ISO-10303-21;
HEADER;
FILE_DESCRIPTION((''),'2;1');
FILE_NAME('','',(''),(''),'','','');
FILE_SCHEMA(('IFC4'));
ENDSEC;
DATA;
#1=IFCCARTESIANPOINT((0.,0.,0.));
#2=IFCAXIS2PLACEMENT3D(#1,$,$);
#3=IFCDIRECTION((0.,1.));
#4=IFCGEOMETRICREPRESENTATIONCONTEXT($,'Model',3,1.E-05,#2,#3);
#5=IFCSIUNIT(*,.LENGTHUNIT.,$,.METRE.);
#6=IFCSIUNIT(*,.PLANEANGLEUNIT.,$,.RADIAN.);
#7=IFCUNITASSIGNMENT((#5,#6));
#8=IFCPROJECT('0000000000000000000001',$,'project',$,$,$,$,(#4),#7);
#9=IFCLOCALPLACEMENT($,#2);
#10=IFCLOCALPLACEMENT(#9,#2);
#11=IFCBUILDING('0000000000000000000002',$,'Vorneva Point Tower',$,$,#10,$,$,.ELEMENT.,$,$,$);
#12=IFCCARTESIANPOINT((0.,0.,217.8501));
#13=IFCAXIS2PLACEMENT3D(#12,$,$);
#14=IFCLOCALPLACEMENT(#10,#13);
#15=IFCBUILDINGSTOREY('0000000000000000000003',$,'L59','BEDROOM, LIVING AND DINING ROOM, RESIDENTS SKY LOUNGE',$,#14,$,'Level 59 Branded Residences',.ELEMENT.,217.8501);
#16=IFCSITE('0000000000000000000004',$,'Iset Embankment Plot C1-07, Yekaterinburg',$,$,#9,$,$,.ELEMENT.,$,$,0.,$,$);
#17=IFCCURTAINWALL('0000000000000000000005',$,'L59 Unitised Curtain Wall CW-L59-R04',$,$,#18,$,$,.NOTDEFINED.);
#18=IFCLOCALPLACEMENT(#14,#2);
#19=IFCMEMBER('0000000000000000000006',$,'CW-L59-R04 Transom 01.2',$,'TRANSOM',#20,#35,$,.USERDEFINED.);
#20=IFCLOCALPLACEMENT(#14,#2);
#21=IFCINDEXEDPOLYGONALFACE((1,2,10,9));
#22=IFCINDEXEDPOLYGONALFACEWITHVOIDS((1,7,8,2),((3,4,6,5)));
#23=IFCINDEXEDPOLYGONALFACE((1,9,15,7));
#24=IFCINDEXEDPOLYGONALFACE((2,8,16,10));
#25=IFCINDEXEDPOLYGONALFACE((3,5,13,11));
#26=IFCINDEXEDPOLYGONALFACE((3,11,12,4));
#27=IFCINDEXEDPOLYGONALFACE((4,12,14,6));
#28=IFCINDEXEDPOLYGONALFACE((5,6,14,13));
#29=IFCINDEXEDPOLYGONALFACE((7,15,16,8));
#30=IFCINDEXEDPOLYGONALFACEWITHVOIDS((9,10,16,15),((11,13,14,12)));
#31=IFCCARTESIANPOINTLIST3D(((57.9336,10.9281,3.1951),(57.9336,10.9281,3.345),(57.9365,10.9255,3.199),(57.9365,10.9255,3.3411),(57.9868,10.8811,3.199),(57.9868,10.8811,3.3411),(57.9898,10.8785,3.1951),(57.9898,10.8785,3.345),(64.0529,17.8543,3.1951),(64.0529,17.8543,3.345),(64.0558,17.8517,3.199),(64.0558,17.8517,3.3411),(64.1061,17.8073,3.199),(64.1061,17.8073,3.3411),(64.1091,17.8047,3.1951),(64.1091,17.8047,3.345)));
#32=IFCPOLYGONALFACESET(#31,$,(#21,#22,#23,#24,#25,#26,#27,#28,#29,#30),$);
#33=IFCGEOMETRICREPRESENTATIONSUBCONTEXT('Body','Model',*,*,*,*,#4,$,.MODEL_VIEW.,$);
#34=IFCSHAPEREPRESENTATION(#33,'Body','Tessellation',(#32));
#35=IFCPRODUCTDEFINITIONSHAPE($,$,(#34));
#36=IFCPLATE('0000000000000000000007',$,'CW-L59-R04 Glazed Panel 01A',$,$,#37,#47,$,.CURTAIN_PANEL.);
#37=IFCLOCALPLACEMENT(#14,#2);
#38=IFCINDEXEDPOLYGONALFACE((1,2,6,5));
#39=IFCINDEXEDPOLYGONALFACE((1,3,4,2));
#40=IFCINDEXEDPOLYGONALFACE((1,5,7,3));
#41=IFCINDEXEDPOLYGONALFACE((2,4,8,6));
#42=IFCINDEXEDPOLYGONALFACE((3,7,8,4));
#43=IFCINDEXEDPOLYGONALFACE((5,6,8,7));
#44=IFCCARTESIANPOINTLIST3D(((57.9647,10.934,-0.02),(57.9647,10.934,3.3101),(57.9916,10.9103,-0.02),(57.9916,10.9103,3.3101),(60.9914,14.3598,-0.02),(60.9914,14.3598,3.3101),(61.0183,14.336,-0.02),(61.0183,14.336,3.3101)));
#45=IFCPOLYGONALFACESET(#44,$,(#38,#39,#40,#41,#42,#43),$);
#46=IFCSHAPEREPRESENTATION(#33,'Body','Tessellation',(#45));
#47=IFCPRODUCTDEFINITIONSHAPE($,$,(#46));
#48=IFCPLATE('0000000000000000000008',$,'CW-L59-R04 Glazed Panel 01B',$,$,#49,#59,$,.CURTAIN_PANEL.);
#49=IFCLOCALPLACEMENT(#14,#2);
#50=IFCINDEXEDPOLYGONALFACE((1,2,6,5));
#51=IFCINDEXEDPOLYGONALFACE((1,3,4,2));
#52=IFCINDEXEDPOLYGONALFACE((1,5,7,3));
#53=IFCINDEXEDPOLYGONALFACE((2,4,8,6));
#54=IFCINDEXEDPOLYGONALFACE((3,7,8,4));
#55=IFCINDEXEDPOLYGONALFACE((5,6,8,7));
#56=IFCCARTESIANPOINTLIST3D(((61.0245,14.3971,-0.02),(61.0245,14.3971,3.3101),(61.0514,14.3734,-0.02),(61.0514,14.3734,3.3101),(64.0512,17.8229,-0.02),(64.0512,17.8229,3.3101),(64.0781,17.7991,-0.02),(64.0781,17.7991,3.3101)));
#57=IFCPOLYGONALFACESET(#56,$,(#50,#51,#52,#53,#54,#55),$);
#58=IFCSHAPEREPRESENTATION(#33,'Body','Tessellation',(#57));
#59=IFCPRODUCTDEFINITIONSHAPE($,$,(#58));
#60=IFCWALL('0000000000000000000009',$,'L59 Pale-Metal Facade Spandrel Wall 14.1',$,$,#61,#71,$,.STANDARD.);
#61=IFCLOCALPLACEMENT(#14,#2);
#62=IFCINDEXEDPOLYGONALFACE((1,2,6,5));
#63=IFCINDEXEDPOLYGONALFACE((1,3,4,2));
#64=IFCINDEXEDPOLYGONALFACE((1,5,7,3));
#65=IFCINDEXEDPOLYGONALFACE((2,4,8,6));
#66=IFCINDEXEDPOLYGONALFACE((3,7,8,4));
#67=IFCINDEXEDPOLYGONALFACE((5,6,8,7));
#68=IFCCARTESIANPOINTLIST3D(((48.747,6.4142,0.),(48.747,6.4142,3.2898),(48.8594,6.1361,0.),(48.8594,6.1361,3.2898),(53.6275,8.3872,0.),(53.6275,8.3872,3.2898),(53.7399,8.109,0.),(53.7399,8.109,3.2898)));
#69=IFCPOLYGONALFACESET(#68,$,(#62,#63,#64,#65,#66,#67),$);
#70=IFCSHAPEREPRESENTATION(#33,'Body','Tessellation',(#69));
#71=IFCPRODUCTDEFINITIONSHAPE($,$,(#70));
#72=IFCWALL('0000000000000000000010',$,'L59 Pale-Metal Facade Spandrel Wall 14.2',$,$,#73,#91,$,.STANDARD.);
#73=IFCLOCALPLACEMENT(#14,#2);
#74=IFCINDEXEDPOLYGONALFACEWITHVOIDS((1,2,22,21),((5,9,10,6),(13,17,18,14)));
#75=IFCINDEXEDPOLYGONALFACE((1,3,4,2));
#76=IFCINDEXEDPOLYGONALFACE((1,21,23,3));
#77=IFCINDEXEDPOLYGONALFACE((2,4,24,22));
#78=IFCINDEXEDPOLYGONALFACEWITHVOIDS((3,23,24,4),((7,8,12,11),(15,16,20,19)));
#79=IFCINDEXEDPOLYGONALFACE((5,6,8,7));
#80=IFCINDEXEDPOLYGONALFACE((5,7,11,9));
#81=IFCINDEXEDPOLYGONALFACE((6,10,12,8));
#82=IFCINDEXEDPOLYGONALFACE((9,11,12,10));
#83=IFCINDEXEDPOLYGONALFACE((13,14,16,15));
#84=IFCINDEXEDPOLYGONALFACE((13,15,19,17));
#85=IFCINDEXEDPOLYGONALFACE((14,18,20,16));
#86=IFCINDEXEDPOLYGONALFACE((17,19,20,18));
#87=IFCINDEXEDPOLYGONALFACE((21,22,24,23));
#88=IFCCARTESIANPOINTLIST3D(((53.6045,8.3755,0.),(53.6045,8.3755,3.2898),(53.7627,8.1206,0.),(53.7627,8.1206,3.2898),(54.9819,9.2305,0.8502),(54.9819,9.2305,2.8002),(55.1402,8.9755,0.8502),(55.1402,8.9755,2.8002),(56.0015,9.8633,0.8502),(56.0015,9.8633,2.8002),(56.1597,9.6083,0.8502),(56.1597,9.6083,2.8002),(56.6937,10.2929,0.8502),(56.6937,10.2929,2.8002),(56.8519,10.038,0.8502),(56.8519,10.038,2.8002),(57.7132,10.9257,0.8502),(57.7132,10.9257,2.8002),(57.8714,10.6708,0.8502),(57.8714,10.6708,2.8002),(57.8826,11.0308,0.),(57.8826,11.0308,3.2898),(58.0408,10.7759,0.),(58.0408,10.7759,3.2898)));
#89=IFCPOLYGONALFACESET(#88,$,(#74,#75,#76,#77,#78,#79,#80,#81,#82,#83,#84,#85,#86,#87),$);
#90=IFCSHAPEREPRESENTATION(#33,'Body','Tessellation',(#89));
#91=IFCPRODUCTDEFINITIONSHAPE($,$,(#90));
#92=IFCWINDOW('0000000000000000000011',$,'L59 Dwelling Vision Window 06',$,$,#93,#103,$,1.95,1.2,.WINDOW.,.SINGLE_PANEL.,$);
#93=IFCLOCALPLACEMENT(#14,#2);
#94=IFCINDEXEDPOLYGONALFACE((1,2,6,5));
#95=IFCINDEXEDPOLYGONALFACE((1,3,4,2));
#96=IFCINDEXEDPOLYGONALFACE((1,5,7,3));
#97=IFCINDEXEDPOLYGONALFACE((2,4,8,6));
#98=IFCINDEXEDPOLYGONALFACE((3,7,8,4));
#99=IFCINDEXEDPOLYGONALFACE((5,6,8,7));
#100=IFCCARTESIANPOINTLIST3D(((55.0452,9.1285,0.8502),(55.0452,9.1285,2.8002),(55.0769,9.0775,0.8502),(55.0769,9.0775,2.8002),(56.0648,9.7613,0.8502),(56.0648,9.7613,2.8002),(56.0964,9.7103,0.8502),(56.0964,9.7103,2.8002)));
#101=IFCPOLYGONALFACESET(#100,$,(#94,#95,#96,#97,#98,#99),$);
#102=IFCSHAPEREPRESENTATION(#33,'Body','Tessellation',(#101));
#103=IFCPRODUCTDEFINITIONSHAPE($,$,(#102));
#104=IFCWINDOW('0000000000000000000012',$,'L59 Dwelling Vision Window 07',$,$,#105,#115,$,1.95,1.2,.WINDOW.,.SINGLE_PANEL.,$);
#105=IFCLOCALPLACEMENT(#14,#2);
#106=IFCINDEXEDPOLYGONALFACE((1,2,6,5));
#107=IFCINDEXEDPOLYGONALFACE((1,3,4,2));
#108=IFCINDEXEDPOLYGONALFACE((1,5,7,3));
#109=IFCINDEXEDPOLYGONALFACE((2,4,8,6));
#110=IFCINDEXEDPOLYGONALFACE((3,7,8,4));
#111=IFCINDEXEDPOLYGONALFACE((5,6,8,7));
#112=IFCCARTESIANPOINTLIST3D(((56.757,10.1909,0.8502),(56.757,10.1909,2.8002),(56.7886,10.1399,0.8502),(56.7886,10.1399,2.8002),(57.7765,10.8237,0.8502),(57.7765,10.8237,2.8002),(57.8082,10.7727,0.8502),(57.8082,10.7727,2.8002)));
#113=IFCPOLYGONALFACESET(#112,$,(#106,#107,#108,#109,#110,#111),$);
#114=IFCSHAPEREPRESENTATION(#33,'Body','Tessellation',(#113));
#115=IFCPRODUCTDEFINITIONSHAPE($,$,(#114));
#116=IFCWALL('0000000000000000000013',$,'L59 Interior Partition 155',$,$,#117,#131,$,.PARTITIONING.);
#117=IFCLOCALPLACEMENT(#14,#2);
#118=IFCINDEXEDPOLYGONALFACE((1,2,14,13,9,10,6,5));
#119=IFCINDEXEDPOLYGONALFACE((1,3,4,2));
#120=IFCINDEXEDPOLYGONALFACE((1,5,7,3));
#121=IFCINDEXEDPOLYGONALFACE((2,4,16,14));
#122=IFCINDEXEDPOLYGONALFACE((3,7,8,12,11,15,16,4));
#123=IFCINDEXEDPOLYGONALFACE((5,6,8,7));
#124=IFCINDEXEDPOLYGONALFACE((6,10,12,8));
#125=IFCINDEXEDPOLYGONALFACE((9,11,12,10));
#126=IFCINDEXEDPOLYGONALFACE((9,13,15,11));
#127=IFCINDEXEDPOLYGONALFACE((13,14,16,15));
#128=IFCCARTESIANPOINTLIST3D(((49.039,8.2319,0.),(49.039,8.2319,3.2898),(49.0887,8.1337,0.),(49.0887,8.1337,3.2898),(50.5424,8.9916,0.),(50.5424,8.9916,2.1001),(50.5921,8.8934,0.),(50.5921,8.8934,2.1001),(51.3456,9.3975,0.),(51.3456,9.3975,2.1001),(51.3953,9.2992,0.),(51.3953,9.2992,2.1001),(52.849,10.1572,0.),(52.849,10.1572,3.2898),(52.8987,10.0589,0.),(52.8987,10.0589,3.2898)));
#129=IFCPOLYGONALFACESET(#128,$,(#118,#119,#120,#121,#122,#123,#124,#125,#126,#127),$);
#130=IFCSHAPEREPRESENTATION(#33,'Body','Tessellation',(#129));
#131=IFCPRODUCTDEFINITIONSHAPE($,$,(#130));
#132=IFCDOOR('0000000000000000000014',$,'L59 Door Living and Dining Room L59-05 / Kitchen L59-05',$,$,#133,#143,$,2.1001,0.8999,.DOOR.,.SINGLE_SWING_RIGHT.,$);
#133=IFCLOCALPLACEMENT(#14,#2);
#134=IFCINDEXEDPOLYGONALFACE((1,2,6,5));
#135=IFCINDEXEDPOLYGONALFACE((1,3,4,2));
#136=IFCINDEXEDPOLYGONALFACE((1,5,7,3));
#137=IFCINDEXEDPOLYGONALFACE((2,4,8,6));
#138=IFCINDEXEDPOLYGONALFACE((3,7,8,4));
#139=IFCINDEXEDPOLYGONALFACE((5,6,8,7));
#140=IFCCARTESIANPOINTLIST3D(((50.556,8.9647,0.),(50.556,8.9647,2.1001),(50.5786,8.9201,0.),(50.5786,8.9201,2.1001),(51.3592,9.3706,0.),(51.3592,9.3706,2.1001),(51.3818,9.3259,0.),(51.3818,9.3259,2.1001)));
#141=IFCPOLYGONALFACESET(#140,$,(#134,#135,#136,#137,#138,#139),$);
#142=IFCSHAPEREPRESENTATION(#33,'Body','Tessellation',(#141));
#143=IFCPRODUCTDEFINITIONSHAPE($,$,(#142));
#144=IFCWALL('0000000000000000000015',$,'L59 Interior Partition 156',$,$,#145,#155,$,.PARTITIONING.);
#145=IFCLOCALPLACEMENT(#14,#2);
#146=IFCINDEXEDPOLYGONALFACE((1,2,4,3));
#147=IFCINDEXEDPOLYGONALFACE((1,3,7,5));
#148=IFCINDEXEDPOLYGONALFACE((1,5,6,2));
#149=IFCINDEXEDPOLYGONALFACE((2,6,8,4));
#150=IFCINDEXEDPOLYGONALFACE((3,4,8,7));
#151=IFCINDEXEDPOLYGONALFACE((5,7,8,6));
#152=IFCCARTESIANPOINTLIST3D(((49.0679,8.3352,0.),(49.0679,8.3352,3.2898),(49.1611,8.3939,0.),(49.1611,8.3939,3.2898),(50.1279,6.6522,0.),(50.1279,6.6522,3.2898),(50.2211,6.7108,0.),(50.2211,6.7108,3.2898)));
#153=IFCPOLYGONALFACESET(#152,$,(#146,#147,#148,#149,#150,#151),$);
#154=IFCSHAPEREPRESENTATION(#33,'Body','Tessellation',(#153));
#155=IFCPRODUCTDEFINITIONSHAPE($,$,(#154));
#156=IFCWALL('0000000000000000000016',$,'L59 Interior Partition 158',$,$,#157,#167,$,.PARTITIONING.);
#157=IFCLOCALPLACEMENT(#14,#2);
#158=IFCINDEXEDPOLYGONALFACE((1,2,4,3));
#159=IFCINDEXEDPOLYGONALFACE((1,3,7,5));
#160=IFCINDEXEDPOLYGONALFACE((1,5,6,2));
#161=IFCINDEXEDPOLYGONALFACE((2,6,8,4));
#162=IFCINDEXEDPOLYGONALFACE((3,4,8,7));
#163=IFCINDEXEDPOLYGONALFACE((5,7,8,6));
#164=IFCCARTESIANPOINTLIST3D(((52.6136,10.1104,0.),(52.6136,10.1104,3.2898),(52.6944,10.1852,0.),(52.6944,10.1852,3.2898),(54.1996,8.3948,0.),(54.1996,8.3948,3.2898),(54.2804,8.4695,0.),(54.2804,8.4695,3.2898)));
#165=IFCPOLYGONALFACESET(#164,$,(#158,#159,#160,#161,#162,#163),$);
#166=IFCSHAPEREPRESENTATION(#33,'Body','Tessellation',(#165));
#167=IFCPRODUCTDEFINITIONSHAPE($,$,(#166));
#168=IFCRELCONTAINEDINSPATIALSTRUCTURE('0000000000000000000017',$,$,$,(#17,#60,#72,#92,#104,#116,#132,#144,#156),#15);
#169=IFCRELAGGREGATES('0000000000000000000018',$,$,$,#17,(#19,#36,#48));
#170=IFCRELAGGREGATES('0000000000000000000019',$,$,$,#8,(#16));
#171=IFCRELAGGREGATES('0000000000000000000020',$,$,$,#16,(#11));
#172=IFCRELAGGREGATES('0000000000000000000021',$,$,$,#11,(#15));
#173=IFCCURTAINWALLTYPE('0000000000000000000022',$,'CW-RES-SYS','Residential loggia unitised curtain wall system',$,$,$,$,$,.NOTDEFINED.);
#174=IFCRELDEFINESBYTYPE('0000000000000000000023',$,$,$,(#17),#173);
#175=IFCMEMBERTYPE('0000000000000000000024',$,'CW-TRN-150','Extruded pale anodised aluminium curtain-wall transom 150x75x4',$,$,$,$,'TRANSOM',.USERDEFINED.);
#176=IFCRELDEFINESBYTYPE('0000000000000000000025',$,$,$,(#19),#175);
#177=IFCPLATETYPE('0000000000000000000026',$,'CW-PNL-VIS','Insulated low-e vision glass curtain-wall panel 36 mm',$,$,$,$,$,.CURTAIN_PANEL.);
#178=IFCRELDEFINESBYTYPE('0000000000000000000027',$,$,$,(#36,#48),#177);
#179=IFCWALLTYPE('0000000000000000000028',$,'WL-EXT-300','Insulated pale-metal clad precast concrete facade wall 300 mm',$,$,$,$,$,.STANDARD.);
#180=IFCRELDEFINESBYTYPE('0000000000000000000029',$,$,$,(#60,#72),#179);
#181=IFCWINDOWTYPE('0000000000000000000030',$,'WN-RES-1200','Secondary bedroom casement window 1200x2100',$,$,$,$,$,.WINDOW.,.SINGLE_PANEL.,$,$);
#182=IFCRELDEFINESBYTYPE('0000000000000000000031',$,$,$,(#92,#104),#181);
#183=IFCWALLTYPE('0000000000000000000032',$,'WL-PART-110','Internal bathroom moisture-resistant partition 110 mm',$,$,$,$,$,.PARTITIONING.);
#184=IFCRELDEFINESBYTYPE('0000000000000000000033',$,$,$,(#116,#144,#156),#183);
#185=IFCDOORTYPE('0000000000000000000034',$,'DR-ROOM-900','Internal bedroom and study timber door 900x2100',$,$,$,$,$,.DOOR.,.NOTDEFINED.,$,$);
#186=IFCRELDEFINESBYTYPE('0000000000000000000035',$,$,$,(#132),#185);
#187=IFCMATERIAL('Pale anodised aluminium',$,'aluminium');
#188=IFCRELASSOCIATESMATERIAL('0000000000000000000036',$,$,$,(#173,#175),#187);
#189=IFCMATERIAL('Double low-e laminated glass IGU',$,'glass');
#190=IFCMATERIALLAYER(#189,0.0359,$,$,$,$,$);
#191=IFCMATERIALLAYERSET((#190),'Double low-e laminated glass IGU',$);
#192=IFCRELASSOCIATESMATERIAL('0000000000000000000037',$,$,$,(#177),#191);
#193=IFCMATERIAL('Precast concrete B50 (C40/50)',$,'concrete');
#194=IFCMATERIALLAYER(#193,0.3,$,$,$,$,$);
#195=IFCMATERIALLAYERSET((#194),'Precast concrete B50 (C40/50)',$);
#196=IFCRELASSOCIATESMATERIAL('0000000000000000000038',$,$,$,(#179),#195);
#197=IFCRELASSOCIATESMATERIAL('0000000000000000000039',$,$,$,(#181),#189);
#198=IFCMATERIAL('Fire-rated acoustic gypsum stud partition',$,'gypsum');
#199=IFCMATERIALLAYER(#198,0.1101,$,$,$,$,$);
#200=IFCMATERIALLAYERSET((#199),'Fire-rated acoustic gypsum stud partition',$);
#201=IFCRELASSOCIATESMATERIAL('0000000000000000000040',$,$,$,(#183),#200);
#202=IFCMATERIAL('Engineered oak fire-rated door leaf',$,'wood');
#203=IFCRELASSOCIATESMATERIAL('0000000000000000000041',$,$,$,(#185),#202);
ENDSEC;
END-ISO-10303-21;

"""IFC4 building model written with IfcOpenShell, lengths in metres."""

from ifc_helpers import new_model, si_unit, direction, frame, frame_2d, origin, origin_2d, place, context, subcontext, project, spatial, rectangle, hollow_rectangle, extrude, material, layer, layer_set, material_profile, profile_set, type_object, element, fill, aggregate, save


model = new_model("IFC4")

# Units and contexts
model_context = context("Model", 3, precision=1e-05, world=origin(), true_north=direction((0.0, 1.0)))
body_context = subcontext(model_context, "Body", "Model", "MODEL_VIEW")
ifc_project = project(units=[si_unit("LENGTHUNIT", "METRE"), si_unit("PLANEANGLEUNIT", "RADIAN")], contexts=[model_context])

# Site, building, storey
site_placement = place(None, origin())
site = spatial("IfcSite", under=ifc_project, at=site_placement, Name="Iset Embankment Plot C1-07, Yekaterinburg", CompositionType="ELEMENT", RefElevation=0.0)
building_placement = place(site_placement, origin())
building = spatial("IfcBuilding", under=site, at=building_placement, Name="Vorneva Point Tower", CompositionType="ELEMENT")
storey_placement = place(building_placement, frame((0.0, 0.0, 217.8501)))
storey = spatial("IfcBuildingStorey", under=building, at=storey_placement, Name="L59", Description="BEDROOM, LIVING AND DINING ROOM, RESIDENTS SKY LOUNGE", LongName="Level 59 Branded Residences", CompositionType="ELEMENT", Elevation=217.8501)

# Shared definitions
ifc_material_1 = material(Name="Pale anodised aluminium", Category="aluminium")
curtain_wall_type = type_object("IfcCurtainWallType", Name="CW-RES-SYS", Description="Residential loggia unitised curtain wall system", PredefinedType="NOTDEFINED", material=ifc_material_1)

# Curtain wall, member, plates
curtain_wall_1_placement = place(storey_placement, origin())
curtain_wall_1 = element("IfcCurtainWall", 1, at=curtain_wall_1_placement, inside=storey, type_object=curtain_wall_type, Name="L59 Unitised Curtain Wall CW-L59-R04", PredefinedType="NOTDEFINED")
ifc_material_profile_1 = material_profile(ifc_material_1, hollow_rectangle(XDim=0.075, YDim=0.1499, WallThickness=0.0039, at=origin_2d()), Name="AL-TRN 150x75x4")
ifc_profile_set_1 = profile_set([ifc_material_profile_1], Name="Pale anodised aluminium")
member_type_1 = type_object("IfcMemberType", Name="CW-TRN-150", Description="Extruded pale anodised aluminium curtain-wall transom 150x75x4", ElementType="TRANSOM", PredefinedType="USERDEFINED", material=ifc_profile_set_1)
member_1_placement = place(storey_placement, frame((57.9617, 10.9033, 3.27), z_axis=(0.662106, 0.74941, 0.0), x_axis=(-0.74941, 0.662106, 0.0)))
member_1 = element("IfcMember", 2, at=member_1_placement, type_object=member_type_1, Name="CW-L59-R04 Transom 01.2", ObjectType="TRANSOM", PredefinedType="USERDEFINED", context=body_context, shape_type="SweptSolid", body=[
    extrude(hollow_rectangle(XDim=0.075, YDim=0.1499, WallThickness=0.0039, at=origin_2d()), origin(), (0.0, 0.0, 1.0), 9.2422),
])
ifc_material_2 = material(Name="Double low-e laminated glass IGU", Category="glass")
ifc_layer_1 = layer(ifc_material_2, 0.0359)
ifc_layer_set_1 = layer_set([ifc_layer_1], Name="Double low-e laminated glass IGU")
plate_type = type_object("IfcPlateType", Name="CW-PNL-VIS", Description="Insulated low-e vision glass curtain-wall panel 36 mm", PredefinedType="CURTAIN_PANEL", material=ifc_layer_set_1)
plate_1_placement = place(storey_placement, frame((59.4915, 12.635, -0.02), z_axis=(0.0, 0.0, 1.0), x_axis=(0.66211, 0.749407, 0.0)))
plate_1 = element("IfcPlate", 3, at=plate_1_placement, type_object=plate_type, Name="CW-L59-R04 Glazed Panel 01A", PredefinedType="CURTAIN_PANEL", context=body_context, shape_type="SweptSolid", body=[
    extrude(rectangle(XDim=4.5713, YDim=0.0359, at=origin_2d()), origin(), (0.0, 0.0, 1.0), 3.3301),
])
plate_2_placement = place(storey_placement, frame((62.5513, 16.0981, -0.02), z_axis=(0.0, 0.0, 1.0), x_axis=(0.66211, 0.749407, 0.0)))
plate_2 = element("IfcPlate", 4, at=plate_2_placement, type_object=plate_type, Name="CW-L59-R04 Glazed Panel 01B", PredefinedType="CURTAIN_PANEL", context=body_context, shape_type="SweptSolid", body=[
    extrude(rectangle(XDim=4.5713, YDim=0.0359, at=origin_2d()), origin(), (0.0, 0.0, 1.0), 3.3301),
])
aggregate(curtain_wall_1, [member_1, plate_1, plate_2])

# Wall
ifc_material_3 = material(Name="Precast concrete B50 (C40/50)", Category="concrete")
ifc_layer_2 = layer(ifc_material_3, 0.3)
ifc_layer_set_2 = layer_set([ifc_layer_2], Name="Precast concrete B50 (C40/50)")
wall_type_1 = type_object("IfcWallType", Name="WL-EXT-300", Description="Insulated pale-metal clad precast concrete facade wall 300 mm", PredefinedType="STANDARD", material=ifc_layer_set_2)
wall_1_placement = place(storey_placement, frame((48.8032, 6.2751, 0.0), z_axis=(0.0, 0.0, 1.0), x_axis=(0.927111, 0.374787, 0.0)))
element("IfcWall", 5, at=wall_1_placement, inside=storey, type_object=wall_type_1, Name="L59 Pale-Metal Facade Spandrel Wall 14.1", PredefinedType="STANDARD", context=body_context, shape_type="SweptSolid", body=[
    extrude(rectangle(XDim=5.2642, YDim=0.3, at=frame_2d((2.6321, 0.0))), origin(), (0.0, 0.0, 1.0), 3.2898),
])

# Wall, openings, windows
wall_2_placement = place(storey_placement, frame((53.6836, 8.248, 0.0), z_axis=(0.0, 0.0, 1.0), x_axis=(0.849648, 0.527351, 0.0)))
wall_2 = element("IfcWall", 6, at=wall_2_placement, inside=storey, type_object=wall_type_1, Name="L59 Pale-Metal Facade Spandrel Wall 14.2", PredefinedType="STANDARD", context=body_context, shape_type="SweptSolid", body=[
    extrude(rectangle(XDim=5.0352, YDim=0.3, at=frame_2d((2.5176, 0.0))), origin(), (0.0, 0.0, 1.0), 3.2898),
])
opening_1_placement = place(wall_2_placement, frame((1.6211, 0.0, 0.8501)))
opening_1 = element("IfcOpeningElement", 7, at=opening_1_placement, cuts=wall_2, PredefinedType="OPENING", context=body_context, shape_type="SweptSolid", body=[
    extrude(rectangle(XDim=1.2, YDim=1.95, at=frame_2d((0.6001, 0.9751))), frame((0.0, 0.165, 0.0), z_axis=(0.0, -1.0, 0.0), x_axis=(1.0, 0.0, 0.0)), (0.0, 0.0, 1.0), 0.3298),
])
opening_2_placement = place(wall_2_placement, frame((3.6357, 0.0, 0.8501)))
opening_2 = element("IfcOpeningElement", 8, at=opening_2_placement, cuts=wall_2, PredefinedType="OPENING", context=body_context, shape_type="SweptSolid", body=[
    extrude(rectangle(XDim=1.2, YDim=1.95, at=frame_2d((0.6001, 0.9751))), frame((0.0, 0.165, 0.0), z_axis=(0.0, -1.0, 0.0), x_axis=(1.0, 0.0, 0.0)), (0.0, 0.0, 1.0), 0.3298),
])
window_type = type_object("IfcWindowType", Name="WN-RES-1200", Description="Secondary bedroom casement window 1200x2100", PartitioningType="SINGLE_PANEL", PredefinedType="WINDOW", material=ifc_material_2)
window_1_placement = place(opening_1_placement, origin())
window_1 = element("IfcWindow", 9, at=window_1_placement, inside=storey, type_object=window_type, Name="L59 Dwelling Vision Window 06", OverallHeight=1.95, OverallWidth=1.2, PartitioningType="SINGLE_PANEL", PredefinedType="WINDOW", context=body_context, shape_type="SweptSolid", body=[
    extrude(rectangle(XDim=1.2, YDim=1.95, at=frame_2d((0.6001, 0.9751))), frame((0.0, 0.03, 0.0), z_axis=(0.0, -1.0, 0.0), x_axis=(1.0, 0.0, 0.0)), (0.0, 0.0, 1.0), 0.0601),
])
fill(opening_1, window_1)
window_2_placement = place(opening_2_placement, origin())
window_2 = element("IfcWindow", 10, at=window_2_placement, inside=storey, type_object=window_type, Name="L59 Dwelling Vision Window 07", OverallHeight=1.95, OverallWidth=1.2, PartitioningType="SINGLE_PANEL", PredefinedType="WINDOW", context=body_context, shape_type="SweptSolid", body=[
    extrude(rectangle(XDim=1.2, YDim=1.95, at=frame_2d((0.6001, 0.9751))), frame((0.0, 0.03, 0.0), z_axis=(0.0, -1.0, 0.0), x_axis=(1.0, 0.0, 0.0)), (0.0, 0.0, 1.0), 0.0601),
])
fill(opening_2, window_2)

# Wall, opening, door
ifc_material_4 = material(Name="Fire-rated acoustic gypsum stud partition", Category="gypsum")
ifc_layer_3 = layer(ifc_material_4, 0.1101)
ifc_layer_set_3 = layer_set([ifc_layer_3], Name="Fire-rated acoustic gypsum stud partition")
wall_type_2 = type_object("IfcWallType", Name="WL-PART-110", Description="Internal bathroom moisture-resistant partition 110 mm", PredefinedType="PARTITIONING", material=ifc_layer_set_3)
wall_3_placement = place(storey_placement, frame((49.064, 8.1829, 0.0), z_axis=(0.0, 0.0, 1.0), x_axis=(0.89252, 0.451007, 0.0)))
wall_3 = element("IfcWall", 11, at=wall_3_placement, inside=storey, type_object=wall_type_2, Name="L59 Interior Partition 155", PredefinedType="PARTITIONING", context=body_context, shape_type="SweptSolid", body=[
    extrude(rectangle(XDim=4.2688, YDim=0.1101, at=frame_2d((2.1343, 0.0))), origin(), (0.0, 0.0, 1.0), 3.2898),
])
opening_3_placement = place(wall_3_placement, frame((1.6843, 0.0, 0.0)))
opening_3 = element("IfcOpeningElement", 12, at=opening_3_placement, cuts=wall_3, PredefinedType="OPENING", context=body_context, shape_type="SweptSolid", body=[
    extrude(rectangle(XDim=0.8999, YDim=2.1001, at=frame_2d((0.45, 1.05))), frame((0.0, 0.0698, 0.0), z_axis=(0.0, -1.0, 0.0), x_axis=(1.0, 0.0, 0.0)), (0.0, 0.0, 1.0), 0.1399),
])
ifc_material_5 = material(Name="Engineered oak fire-rated door leaf", Category="wood")
door_type_1 = type_object("IfcDoorType", Name="DR-ROOM-900", Description="Internal bedroom and study timber door 900x2100", OperationType="NOTDEFINED", PredefinedType="DOOR", material=ifc_material_5)
door_1_placement = place(opening_3_placement, origin())
door_1 = element("IfcDoor", 13, at=door_1_placement, inside=storey, type_object=door_type_1, Name="L59 Door Living and Dining Room L59-05 / Kitchen L59-05", OperationType="SINGLE_SWING_RIGHT", OverallHeight=2.1001, OverallWidth=0.8999, PredefinedType="DOOR", context=body_context, shape_type="SweptSolid", body=[
    extrude(rectangle(XDim=0.8999, YDim=2.1001, at=frame_2d((0.45, 1.05))), frame((0.0, 0.0249, 0.0), z_axis=(0.0, -1.0, 0.0), x_axis=(1.0, 0.0, 0.0)), (0.0, 0.0, 1.0), 0.05),
])
fill(opening_3, door_1)

# Walls
wall_4_placement = place(storey_placement, frame((50.1746, 6.6814, 0.0), z_axis=(0.0, 0.0, 1.0), x_axis=(-0.53293, 0.846159, 0.0)))
element("IfcWall", 14, at=wall_4_placement, inside=storey, type_object=wall_type_2, Name="L59 Interior Partition 156", PredefinedType="PARTITIONING", context=body_context, shape_type="SweptSolid", body=[
    extrude(rectangle(XDim=1.989, YDim=0.1101, at=frame_2d((0.9946, 0.0))), origin(), (0.0, 0.0, 1.0), 3.2898),
])
wall_5_placement = place(storey_placement, frame((54.24, 8.4321, 0.0), z_axis=(0.0, 0.0, 1.0), x_axis=(-0.678818, 0.734306, 0.0)))
element("IfcWall", 15, at=wall_5_placement, inside=storey, type_object=wall_type_2, Name="L59 Interior Partition 158", PredefinedType="PARTITIONING", context=body_context, shape_type="SweptSolid", body=[
    extrude(rectangle(XDim=2.3364, YDim=0.1101, at=frame_2d((1.1682, 0.0))), origin(), (0.0, 0.0, 1.0), 3.2898),
])

save(model, "model.ifc")
